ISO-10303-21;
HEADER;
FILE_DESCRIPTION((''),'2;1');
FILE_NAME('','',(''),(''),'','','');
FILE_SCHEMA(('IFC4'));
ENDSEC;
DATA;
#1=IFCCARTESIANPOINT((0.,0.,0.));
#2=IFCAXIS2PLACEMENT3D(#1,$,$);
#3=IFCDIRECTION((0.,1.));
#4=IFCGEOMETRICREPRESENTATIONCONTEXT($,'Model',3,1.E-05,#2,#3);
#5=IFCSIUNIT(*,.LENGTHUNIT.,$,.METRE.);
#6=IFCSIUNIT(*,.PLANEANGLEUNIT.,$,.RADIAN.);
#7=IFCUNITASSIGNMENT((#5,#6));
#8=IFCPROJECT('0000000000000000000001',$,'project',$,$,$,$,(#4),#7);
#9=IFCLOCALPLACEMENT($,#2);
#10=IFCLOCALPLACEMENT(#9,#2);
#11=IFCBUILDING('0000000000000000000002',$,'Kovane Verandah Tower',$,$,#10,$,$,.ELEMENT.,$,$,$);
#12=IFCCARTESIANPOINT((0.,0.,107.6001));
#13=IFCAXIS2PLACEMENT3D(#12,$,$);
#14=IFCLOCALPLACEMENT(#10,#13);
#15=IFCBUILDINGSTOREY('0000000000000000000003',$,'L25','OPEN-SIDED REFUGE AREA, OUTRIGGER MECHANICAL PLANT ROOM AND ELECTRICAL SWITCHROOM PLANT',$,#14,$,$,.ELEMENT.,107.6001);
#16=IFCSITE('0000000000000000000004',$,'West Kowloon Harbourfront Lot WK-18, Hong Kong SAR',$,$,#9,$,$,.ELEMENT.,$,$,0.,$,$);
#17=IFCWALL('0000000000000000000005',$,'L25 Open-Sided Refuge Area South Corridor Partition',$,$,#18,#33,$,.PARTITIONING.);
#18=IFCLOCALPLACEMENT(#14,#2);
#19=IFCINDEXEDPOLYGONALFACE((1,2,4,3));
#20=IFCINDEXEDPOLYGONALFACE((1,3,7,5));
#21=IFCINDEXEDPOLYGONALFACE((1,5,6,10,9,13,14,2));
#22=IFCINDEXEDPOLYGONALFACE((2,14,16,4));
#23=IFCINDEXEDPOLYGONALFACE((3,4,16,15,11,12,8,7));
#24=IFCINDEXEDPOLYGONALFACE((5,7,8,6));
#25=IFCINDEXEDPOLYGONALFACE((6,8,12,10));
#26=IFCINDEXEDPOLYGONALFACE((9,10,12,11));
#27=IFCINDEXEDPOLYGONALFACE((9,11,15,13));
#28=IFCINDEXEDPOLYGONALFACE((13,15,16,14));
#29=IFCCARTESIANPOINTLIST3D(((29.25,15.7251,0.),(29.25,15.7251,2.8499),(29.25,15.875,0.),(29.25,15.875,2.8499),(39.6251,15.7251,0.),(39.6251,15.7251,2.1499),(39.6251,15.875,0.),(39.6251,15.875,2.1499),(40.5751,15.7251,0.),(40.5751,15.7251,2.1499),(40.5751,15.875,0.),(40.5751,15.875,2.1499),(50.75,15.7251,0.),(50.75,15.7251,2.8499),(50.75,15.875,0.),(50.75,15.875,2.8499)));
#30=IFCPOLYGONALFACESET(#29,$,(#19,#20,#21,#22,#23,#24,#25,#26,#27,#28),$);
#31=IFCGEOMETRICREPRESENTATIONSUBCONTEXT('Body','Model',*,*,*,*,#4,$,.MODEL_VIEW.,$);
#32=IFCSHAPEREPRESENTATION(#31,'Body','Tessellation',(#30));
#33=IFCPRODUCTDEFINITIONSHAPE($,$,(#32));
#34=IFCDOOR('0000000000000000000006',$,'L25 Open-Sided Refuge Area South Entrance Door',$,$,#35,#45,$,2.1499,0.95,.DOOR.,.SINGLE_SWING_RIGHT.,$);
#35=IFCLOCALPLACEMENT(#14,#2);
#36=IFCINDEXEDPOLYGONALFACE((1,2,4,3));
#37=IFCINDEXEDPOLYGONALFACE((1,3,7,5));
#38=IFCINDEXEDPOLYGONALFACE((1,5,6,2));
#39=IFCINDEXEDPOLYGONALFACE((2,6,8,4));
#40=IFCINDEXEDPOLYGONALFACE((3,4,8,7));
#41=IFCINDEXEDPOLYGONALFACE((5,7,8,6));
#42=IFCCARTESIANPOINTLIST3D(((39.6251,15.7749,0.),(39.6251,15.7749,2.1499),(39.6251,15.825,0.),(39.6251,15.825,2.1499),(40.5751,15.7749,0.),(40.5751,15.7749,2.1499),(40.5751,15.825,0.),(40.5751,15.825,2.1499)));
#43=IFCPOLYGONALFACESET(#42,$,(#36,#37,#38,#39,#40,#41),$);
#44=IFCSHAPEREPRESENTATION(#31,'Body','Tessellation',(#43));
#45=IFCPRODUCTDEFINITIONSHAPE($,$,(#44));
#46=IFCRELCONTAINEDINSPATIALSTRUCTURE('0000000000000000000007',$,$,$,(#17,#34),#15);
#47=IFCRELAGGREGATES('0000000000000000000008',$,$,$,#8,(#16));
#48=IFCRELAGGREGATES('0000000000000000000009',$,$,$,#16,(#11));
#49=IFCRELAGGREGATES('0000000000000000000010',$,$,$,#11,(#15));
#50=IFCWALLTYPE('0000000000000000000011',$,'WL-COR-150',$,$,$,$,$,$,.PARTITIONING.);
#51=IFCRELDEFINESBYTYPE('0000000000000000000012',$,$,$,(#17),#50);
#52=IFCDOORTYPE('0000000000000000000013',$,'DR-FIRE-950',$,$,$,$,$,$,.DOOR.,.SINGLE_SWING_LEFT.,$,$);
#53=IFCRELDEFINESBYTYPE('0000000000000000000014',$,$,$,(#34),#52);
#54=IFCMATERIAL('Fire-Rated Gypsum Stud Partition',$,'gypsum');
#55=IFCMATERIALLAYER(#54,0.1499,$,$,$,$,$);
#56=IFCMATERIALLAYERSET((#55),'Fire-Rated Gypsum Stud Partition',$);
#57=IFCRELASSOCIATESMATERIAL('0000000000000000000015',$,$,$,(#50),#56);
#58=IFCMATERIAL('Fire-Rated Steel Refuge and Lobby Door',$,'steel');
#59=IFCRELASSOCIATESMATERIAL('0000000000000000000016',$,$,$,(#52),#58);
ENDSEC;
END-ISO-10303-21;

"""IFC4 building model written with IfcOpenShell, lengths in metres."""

from ifc_helpers import new_model, si_unit, direction, frame, frame_2d, origin, place, context, subcontext, project, spatial, rectangle, extrude, material, layer, layer_set, type_object, element, fill, save


model = new_model("IFC4")

# Units and contexts
model_context = context("Model", 3, precision=1e-05, world=origin(), true_north=direction((0.0, 1.0)))
body_context = subcontext(model_context, "Body", "Model", "MODEL_VIEW")
ifc_project = project(units=[si_unit("LENGTHUNIT", "METRE"), si_unit("PLANEANGLEUNIT", "RADIAN")], contexts=[model_context])

# Site, building, storey
site_placement = place(None, origin())
site = spatial("IfcSite", under=ifc_project, at=site_placement, Name="West Kowloon Harbourfront Lot WK-18, Hong Kong SAR", CompositionType="ELEMENT", RefElevation=0.0)
building_placement = place(site_placement, origin())
building = spatial("IfcBuilding", under=site, at=building_placement, Name="Kovane Verandah Tower", CompositionType="ELEMENT")
storey_placement = place(building_placement, frame((0.0, 0.0, 107.6001)))
storey = spatial("IfcBuildingStorey", under=building, at=storey_placement, Name="L25", Description="OPEN-SIDED REFUGE AREA, OUTRIGGER MECHANICAL PLANT ROOM AND ELECTRICAL SWITCHROOM PLANT", CompositionType="ELEMENT", Elevation=107.6001)

# Wall, opening, door
ifc_material_1 = material(Name="Fire-Rated Gypsum Stud Partition", Category="gypsum")
ifc_layer_1 = layer(ifc_material_1, 0.1499)
ifc_layer_set_1 = layer_set([ifc_layer_1], Name="Fire-Rated Gypsum Stud Partition")
wall_type = type_object("IfcWallType", Name="WL-COR-150", PredefinedType="PARTITIONING", material=ifc_layer_set_1)
ifc_material_2 = material(Name="Fire-Rated Steel Refuge and Lobby Door", Category="steel")
door_type = type_object("IfcDoorType", Name="DR-FIRE-950", OperationType="SINGLE_SWING_LEFT", PredefinedType="DOOR", material=ifc_material_2)
wall_1_placement = place(storey_placement, frame((29.25, 15.8, 0.0), z_axis=(0.0, 0.0, 1.0), x_axis=(1.0, 0.0, 0.0)))
wall_1 = element("IfcWall", 1, at=wall_1_placement, inside=storey, type_object=wall_type, Name="L25 Open-Sided Refuge Area South Corridor Partition", PredefinedType="PARTITIONING", context=body_context, shape_type="SweptSolid", body=[
    extrude(rectangle(XDim=21.5, YDim=0.1499, at=frame_2d((10.75, 0.0))), origin(), (0.0, 0.0, 1.0), 2.8499),
])
opening_1_placement = place(wall_1_placement, frame((10.375, 0.0, 0.0)))
opening_1 = element("IfcOpeningElement", 2, at=opening_1_placement, cuts=wall_1, PredefinedType="OPENING", context=body_context, shape_type="SweptSolid", body=[
    extrude(rectangle(XDim=0.95, YDim=2.1499, at=frame_2d((0.4751, 1.075))), frame((0.0, 0.075, 0.0), z_axis=(0.0, -1.0, 0.0), x_axis=(1.0, 0.0, 0.0)), (0.0, 0.0, 1.0), 0.1499),
])
door_1_placement = place(opening_1_placement, origin())
door_1 = element("IfcDoor", 3, at=door_1_placement, inside=storey, type_object=door_type, Name="L25 Open-Sided Refuge Area South Entrance Door", OperationType="SINGLE_SWING_RIGHT", OverallHeight=2.1499, OverallWidth=0.95, PredefinedType="DOOR", context=body_context, shape_type="SweptSolid", body=[
    extrude(rectangle(XDim=0.95, YDim=2.1499, at=frame_2d((0.4751, 1.075))), frame((0.0, 0.0249, 0.0), z_axis=(0.0, -1.0, 0.0), x_axis=(1.0, 0.0, 0.0)), (0.0, 0.0, 1.0), 0.05),
])
fill(opening_1, door_1)

save(model, "model.ifc")
